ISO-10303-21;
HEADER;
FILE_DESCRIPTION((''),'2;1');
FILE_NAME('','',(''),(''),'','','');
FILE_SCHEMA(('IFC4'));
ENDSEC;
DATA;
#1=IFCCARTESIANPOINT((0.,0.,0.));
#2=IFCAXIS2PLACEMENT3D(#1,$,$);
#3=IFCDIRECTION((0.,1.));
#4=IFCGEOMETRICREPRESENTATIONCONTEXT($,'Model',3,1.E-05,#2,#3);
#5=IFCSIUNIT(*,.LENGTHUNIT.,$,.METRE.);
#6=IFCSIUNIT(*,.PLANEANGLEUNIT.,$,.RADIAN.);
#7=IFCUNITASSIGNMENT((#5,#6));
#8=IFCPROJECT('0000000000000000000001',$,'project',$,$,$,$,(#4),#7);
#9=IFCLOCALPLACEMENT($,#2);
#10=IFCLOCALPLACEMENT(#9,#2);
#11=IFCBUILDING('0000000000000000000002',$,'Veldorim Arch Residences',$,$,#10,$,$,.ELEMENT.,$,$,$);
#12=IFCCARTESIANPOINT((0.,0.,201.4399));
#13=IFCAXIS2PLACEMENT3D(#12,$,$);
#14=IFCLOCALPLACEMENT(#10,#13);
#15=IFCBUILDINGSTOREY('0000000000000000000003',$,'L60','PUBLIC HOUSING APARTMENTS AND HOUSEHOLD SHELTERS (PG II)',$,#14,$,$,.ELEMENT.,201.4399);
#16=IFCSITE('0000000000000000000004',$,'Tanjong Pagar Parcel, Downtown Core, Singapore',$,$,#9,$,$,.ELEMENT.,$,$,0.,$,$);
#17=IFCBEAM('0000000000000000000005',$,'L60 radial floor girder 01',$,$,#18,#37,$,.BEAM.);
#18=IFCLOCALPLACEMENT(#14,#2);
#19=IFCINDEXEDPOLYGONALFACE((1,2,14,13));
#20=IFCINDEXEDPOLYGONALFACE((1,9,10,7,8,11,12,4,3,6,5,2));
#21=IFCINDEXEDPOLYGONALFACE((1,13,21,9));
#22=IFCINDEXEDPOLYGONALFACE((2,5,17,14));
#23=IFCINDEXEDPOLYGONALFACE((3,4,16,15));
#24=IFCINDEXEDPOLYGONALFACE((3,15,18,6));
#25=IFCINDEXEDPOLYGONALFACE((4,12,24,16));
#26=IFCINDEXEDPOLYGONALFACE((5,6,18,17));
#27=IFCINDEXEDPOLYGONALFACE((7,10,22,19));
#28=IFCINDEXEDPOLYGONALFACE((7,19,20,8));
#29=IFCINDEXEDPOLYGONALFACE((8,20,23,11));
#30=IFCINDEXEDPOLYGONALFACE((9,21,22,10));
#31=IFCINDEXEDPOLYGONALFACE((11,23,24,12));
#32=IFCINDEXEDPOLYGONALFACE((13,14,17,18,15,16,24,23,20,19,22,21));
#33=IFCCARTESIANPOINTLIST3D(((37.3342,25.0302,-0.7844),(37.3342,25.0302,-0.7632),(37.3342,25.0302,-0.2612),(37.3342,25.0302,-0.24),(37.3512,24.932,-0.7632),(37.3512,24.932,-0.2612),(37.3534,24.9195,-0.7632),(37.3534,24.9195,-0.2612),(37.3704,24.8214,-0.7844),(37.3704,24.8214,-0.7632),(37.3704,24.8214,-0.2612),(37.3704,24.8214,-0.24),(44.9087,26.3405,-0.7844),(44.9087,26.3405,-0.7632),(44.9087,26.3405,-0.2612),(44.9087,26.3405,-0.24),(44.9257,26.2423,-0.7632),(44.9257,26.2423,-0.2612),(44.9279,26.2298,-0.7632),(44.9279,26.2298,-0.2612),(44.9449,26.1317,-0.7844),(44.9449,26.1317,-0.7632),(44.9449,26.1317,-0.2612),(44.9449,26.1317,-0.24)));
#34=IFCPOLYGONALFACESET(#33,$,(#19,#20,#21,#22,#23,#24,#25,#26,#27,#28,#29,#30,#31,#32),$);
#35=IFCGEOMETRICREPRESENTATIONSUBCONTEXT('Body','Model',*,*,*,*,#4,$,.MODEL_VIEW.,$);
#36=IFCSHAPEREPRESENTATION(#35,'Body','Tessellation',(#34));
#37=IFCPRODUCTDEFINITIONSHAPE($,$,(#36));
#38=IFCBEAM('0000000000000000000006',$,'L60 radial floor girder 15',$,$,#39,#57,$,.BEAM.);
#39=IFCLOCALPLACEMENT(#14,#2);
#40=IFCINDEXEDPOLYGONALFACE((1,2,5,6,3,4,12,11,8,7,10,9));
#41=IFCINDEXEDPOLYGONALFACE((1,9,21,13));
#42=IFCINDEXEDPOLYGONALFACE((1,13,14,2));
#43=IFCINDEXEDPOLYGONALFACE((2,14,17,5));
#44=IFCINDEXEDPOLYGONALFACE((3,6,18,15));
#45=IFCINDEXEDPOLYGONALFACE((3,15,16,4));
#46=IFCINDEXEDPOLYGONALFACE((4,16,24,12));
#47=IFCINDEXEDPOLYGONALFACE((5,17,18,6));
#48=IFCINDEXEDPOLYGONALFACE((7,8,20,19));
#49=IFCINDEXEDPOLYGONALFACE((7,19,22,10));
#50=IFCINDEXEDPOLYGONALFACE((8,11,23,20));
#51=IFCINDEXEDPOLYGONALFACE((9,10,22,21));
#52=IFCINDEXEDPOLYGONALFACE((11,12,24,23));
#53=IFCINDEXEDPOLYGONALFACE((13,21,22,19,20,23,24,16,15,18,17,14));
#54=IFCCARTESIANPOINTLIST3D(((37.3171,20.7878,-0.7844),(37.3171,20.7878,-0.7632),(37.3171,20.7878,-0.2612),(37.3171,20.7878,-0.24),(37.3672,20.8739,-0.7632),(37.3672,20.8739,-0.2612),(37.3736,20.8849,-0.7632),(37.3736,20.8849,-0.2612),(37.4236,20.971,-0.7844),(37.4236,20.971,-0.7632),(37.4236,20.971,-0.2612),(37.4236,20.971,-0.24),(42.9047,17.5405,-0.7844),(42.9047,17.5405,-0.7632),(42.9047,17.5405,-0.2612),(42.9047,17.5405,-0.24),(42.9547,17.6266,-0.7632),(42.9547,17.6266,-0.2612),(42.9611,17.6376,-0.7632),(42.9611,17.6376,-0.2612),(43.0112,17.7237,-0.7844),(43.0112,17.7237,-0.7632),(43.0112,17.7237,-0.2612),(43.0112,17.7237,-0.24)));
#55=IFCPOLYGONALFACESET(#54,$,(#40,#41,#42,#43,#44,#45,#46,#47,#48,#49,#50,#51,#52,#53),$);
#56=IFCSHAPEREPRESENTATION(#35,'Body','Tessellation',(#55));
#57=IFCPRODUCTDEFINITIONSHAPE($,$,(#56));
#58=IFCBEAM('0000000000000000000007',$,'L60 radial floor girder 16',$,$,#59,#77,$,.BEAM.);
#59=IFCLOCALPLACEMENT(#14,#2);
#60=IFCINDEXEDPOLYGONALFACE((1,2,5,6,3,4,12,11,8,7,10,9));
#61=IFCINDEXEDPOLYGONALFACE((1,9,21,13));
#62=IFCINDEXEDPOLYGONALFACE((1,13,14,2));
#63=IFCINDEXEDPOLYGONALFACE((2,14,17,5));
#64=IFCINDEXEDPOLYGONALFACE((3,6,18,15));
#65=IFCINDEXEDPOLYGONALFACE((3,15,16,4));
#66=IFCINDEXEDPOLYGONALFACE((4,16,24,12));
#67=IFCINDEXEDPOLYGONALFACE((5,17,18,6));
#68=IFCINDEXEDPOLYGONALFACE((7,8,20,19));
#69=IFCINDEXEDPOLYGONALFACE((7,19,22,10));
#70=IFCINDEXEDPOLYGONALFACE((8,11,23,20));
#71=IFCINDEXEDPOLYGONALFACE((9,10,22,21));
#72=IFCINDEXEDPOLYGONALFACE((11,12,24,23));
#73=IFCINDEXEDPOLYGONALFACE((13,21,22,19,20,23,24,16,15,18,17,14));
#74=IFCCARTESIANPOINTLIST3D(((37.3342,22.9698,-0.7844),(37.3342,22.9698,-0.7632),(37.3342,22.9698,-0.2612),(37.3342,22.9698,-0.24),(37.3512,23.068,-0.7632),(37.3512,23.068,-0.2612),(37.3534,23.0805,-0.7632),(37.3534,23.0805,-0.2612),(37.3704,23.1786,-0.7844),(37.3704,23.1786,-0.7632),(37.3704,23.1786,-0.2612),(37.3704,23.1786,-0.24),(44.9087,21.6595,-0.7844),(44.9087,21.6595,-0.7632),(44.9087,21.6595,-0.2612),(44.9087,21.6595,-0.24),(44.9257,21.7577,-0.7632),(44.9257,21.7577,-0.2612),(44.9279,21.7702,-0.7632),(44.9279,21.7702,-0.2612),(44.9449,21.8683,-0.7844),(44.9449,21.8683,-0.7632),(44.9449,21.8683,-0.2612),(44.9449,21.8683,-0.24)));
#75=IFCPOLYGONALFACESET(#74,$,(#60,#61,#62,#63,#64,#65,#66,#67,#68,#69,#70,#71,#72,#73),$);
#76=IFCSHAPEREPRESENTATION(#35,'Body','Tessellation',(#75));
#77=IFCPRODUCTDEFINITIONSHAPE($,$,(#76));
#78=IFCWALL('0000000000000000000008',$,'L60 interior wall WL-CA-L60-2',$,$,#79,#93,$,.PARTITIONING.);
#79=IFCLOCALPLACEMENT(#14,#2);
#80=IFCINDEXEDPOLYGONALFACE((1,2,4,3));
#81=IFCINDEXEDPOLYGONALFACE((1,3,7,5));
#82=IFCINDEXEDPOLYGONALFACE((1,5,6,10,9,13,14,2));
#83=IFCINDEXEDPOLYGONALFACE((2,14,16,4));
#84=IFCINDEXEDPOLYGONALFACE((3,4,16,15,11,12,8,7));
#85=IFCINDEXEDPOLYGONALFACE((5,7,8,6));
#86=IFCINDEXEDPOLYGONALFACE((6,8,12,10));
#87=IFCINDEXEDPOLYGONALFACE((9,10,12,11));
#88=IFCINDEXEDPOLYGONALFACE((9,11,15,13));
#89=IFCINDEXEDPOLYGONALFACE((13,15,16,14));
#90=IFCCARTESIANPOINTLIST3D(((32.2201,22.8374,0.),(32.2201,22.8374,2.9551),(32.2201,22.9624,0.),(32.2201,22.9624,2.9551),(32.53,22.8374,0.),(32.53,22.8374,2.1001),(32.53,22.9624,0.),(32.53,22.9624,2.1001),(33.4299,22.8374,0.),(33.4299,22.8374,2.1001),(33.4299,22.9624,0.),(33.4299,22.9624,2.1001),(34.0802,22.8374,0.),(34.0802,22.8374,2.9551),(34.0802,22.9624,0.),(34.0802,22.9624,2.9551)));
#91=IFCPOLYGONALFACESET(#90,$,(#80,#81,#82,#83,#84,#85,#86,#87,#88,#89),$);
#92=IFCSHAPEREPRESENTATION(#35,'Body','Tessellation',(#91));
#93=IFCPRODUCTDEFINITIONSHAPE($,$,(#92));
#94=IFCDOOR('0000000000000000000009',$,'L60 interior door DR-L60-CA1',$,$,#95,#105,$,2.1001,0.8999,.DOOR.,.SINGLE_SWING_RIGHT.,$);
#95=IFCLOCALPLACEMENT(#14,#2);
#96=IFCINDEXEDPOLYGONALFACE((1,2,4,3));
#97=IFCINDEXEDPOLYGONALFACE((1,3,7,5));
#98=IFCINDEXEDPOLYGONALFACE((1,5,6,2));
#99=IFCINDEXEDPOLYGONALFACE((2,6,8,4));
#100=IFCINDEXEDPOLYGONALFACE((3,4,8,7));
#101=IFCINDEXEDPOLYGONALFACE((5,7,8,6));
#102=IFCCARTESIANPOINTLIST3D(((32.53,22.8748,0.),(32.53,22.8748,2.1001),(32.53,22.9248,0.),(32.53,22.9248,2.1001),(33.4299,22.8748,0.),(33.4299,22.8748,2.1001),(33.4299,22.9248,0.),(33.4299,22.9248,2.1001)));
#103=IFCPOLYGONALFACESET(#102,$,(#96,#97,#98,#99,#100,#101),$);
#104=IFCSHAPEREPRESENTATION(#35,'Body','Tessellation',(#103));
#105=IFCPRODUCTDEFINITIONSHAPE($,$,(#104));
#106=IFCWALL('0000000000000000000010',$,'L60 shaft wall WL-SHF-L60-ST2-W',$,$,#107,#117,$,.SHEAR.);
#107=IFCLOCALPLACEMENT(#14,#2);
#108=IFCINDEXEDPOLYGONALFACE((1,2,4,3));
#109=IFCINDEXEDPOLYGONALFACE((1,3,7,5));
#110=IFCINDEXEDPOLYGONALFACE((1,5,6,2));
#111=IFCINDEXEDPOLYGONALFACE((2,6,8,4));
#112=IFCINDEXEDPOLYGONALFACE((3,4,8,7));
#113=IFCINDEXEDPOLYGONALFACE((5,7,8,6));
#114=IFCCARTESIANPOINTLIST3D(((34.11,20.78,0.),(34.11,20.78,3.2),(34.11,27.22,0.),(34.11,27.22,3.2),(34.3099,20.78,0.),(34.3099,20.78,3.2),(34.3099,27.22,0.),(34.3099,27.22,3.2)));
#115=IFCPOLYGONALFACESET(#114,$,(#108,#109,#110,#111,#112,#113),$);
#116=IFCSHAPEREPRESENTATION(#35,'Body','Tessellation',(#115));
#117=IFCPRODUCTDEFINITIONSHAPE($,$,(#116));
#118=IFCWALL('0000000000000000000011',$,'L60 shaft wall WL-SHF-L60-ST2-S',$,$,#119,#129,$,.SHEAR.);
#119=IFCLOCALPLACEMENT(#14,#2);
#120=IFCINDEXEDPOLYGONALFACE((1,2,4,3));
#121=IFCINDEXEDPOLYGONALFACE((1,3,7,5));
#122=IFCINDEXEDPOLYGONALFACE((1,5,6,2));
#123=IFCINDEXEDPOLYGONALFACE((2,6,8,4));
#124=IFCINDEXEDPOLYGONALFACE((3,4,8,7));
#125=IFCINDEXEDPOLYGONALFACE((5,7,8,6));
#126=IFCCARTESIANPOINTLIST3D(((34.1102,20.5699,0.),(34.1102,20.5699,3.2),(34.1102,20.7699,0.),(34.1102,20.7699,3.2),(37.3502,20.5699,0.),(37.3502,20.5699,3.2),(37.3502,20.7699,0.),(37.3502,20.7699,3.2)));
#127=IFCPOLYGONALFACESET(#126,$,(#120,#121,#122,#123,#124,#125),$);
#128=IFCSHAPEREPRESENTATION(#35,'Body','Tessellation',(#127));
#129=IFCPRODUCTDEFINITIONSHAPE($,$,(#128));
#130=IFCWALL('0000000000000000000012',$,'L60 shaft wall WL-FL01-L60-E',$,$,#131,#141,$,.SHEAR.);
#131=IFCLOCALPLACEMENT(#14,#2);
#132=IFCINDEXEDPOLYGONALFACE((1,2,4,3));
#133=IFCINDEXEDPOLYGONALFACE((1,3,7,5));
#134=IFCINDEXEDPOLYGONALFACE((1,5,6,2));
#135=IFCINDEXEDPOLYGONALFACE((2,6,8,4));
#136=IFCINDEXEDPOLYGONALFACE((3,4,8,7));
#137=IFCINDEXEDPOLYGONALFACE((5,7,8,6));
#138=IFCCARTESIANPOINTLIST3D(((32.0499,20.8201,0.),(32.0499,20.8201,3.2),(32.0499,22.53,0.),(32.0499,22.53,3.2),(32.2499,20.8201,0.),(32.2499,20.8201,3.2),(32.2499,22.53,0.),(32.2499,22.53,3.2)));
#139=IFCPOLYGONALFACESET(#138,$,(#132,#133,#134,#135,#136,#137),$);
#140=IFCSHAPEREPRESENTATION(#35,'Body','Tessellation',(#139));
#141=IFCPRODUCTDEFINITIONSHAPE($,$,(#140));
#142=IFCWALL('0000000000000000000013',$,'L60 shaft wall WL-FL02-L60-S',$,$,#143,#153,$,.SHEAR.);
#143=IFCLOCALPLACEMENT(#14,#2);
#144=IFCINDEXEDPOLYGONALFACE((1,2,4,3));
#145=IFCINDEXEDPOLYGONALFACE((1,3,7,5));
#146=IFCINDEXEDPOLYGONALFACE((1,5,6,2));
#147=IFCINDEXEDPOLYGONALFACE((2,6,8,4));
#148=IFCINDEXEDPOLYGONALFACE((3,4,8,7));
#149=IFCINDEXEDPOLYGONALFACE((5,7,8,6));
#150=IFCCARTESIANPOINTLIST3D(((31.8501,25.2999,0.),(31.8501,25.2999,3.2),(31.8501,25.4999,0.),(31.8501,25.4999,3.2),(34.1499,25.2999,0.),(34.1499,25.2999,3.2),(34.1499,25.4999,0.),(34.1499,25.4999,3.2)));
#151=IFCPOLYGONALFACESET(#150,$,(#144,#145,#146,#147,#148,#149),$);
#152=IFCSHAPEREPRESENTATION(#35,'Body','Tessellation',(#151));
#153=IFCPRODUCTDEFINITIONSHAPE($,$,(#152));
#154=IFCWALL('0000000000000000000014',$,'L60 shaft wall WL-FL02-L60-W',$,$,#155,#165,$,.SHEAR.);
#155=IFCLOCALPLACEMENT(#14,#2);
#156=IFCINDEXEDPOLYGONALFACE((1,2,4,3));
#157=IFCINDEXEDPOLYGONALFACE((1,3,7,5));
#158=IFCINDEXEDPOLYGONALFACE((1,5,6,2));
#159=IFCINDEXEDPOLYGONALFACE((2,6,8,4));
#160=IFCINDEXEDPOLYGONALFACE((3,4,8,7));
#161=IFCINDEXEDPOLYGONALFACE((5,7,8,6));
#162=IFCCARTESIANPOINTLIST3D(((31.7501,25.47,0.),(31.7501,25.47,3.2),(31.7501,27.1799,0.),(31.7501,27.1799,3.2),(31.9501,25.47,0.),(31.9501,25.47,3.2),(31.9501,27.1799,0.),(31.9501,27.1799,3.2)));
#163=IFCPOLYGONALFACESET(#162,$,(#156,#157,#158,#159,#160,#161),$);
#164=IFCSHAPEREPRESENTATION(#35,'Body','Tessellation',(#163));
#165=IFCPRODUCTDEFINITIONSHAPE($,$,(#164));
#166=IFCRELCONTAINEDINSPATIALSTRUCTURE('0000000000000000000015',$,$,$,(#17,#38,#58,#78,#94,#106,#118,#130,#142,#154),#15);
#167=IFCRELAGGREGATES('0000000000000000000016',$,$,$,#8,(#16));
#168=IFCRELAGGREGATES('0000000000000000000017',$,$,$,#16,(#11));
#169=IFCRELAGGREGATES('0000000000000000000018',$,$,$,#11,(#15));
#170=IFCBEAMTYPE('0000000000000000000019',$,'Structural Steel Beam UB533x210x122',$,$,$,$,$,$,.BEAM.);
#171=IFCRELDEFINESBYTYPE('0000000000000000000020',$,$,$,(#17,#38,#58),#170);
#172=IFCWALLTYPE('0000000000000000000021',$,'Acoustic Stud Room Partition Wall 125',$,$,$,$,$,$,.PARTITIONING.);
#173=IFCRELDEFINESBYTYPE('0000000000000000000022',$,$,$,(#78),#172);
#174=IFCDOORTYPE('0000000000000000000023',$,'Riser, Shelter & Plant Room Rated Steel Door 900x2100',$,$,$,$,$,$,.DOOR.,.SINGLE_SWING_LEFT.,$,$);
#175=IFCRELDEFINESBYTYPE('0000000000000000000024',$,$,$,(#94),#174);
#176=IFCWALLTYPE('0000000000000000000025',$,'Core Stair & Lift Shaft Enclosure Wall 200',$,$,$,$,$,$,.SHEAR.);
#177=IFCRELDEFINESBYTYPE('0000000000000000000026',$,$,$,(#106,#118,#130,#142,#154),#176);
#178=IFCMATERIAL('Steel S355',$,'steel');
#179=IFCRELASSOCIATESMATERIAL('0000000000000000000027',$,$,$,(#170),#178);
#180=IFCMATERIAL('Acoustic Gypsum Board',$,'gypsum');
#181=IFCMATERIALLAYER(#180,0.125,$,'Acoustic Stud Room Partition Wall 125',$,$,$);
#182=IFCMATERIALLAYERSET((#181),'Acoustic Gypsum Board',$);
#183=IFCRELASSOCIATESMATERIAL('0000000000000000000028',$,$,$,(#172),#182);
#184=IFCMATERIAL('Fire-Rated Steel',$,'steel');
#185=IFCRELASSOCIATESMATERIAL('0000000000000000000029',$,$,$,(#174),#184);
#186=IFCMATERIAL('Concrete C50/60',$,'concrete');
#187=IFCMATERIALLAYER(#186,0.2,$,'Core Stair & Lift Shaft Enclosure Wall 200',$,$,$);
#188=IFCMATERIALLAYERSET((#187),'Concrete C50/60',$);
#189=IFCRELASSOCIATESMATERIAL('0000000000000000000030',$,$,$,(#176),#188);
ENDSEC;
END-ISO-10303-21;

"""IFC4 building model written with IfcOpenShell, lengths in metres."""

from ifc_helpers import new_model, si_unit, direction, frame, frame_2d, origin, origin_2d, place, context, subcontext, project, spatial, rectangle, i_section, extrude, material, layer, layer_set, material_profile, profile_set, type_object, element, fill, save


model = new_model("IFC4")

# Units and contexts
model_context = context("Model", 3, precision=1e-05, world=origin(), true_north=direction((0.0, 1.0)))
body_context = subcontext(model_context, "Body", "Model", "MODEL_VIEW")
ifc_project = project(units=[si_unit("LENGTHUNIT", "METRE"), si_unit("PLANEANGLEUNIT", "RADIAN")], contexts=[model_context])

# Site, building, storey
site_placement = place(None, origin())
site = spatial("IfcSite", under=ifc_project, at=site_placement, Name="Tanjong Pagar Parcel, Downtown Core, Singapore", CompositionType="ELEMENT", RefElevation=0.0)
building_placement = place(site_placement, origin())
building = spatial("IfcBuilding", under=site, at=building_placement, Name="Veldorim Arch Residences", CompositionType="ELEMENT")
storey_placement = place(building_placement, frame((0.0, 0.0, 201.4399)))
storey = spatial("IfcBuildingStorey", under=building, at=storey_placement, Name="L60", Description="PUBLIC HOUSING APARTMENTS AND HOUSEHOLD SHELTERS (PG II)", CompositionType="ELEMENT", Elevation=201.4399)

# Beams
ifc_material_1 = material(Name="Steel S355", Category="steel")
ifc_material_profile = material_profile(ifc_material_1, i_section(OverallWidth=0.2119, OverallDepth=0.5444, WebThickness=0.0127, FlangeThickness=0.0212, at=origin_2d()), Name="UB533x210x122")
ifc_profile_set = profile_set([ifc_material_profile], Name="Steel S355")
beam_type = type_object("IfcBeamType", Name="Structural Steel Beam UB533x210x122", PredefinedType="BEAM", material=ifc_profile_set)
beam_1_placement = place(storey_placement, frame((37.3523, 24.9258, -0.5122), z_axis=(0.985365, 0.170458, 0.0), x_axis=(-0.170458, 0.985365, 0.0)))
element("IfcBeam", 1, at=beam_1_placement, inside=storey, type_object=beam_type, Name="L60 radial floor girder 01", PredefinedType="BEAM", context=body_context, shape_type="SweptSolid", body=[
    extrude(i_section(OverallWidth=0.2119, OverallDepth=0.5444, WebThickness=0.0127, FlangeThickness=0.0212, at=origin_2d()), origin(), (0.0, 0.0, 1.0), 7.687),
])
beam_2_placement = place(storey_placement, frame((37.3704, 20.8794, -0.5122), z_axis=(0.864596, -0.502468, 0.0), x_axis=(0.502468, 0.864596, 0.0)))
element("IfcBeam", 2, at=beam_2_placement, inside=storey, type_object=beam_type, Name="L60 radial floor girder 15", PredefinedType="BEAM", context=body_context, shape_type="SweptSolid", body=[
    extrude(i_section(OverallWidth=0.2119, OverallDepth=0.5444, WebThickness=0.0127, FlangeThickness=0.0212, at=origin_2d()), origin(), (0.0, 0.0, 1.0), 6.4626),
])
beam_3_placement = place(storey_placement, frame((37.3523, 23.0742, -0.5122), z_axis=(0.985365, -0.170458, 0.0), x_axis=(0.170458, 0.985365, 0.0)))
element("IfcBeam", 3, at=beam_3_placement, inside=storey, type_object=beam_type, Name="L60 radial floor girder 16", PredefinedType="BEAM", context=body_context, shape_type="SweptSolid", body=[
    extrude(i_section(OverallWidth=0.2119, OverallDepth=0.5444, WebThickness=0.0127, FlangeThickness=0.0212, at=origin_2d()), origin(), (0.0, 0.0, 1.0), 7.687),
])

# Wall, opening, door
ifc_material_2 = material(Name="Acoustic Gypsum Board", Category="gypsum")
ifc_layer_1 = layer(ifc_material_2, 0.125, Name="Acoustic Stud Room Partition Wall 125")
ifc_layer_set_1 = layer_set([ifc_layer_1], Name="Acoustic Gypsum Board")
wall_type_1 = type_object("IfcWallType", Name="Acoustic Stud Room Partition Wall 125", PredefinedType="PARTITIONING", material=ifc_layer_set_1)
wall_1_placement = place(storey_placement, frame((32.22, 22.8999, 0.0), z_axis=(0.0, 0.0, 1.0), x_axis=(1.0, 0.0, 0.0)))
wall_1 = element("IfcWall", 4, at=wall_1_placement, inside=storey, type_object=wall_type_1, Name="L60 interior wall WL-CA-L60-2", PredefinedType="PARTITIONING", context=body_context, shape_type="SweptSolid", body=[
    extrude(rectangle(XDim=1.8601, YDim=0.125, at=frame_2d((0.9302, 0.0))), origin(), (0.0, 0.0, 1.0), 2.9551),
])
opening_placement = place(wall_1_placement, frame((0.3101, 0.0, 0.0)))
opening = element("IfcOpeningElement", 5, at=opening_placement, cuts=wall_1, PredefinedType="OPENING", context=body_context, shape_type="SweptSolid", body=[
    extrude(rectangle(XDim=0.8999, YDim=2.1001, at=frame_2d((0.45, 1.05))), frame((0.0, 0.0725, 0.0), z_axis=(0.0, -1.0, 0.0), x_axis=(1.0, 0.0, 0.0)), (0.0, 0.0, 1.0), 0.145),
])
ifc_material_3 = material(Name="Fire-Rated Steel", Category="steel")
door_type = type_object("IfcDoorType", Name="Riser, Shelter & Plant Room Rated Steel Door 900x2100", OperationType="SINGLE_SWING_LEFT", PredefinedType="DOOR", material=ifc_material_3)
door_placement = place(opening_placement, origin())
door = element("IfcDoor", 6, at=door_placement, inside=storey, type_object=door_type, Name="L60 interior door DR-L60-CA1", OperationType="SINGLE_SWING_RIGHT", OverallHeight=2.1001, OverallWidth=0.8999, PredefinedType="DOOR", context=body_context, shape_type="SweptSolid", body=[
    extrude(rectangle(XDim=0.8999, YDim=2.1001, at=frame_2d((0.45, 1.05))), frame((0.0, 0.0249, 0.0), z_axis=(0.0, -1.0, 0.0), x_axis=(1.0, 0.0, 0.0)), (0.0, 0.0, 1.0), 0.05),
])
fill(opening, door)

# Walls
ifc_material_4 = material(Name="Concrete C50/60", Category="concrete")
ifc_layer_2 = layer(ifc_material_4, 0.2, Name="Core Stair & Lift Shaft Enclosure Wall 200")
ifc_layer_set_2 = layer_set([ifc_layer_2], Name="Concrete C50/60")
wall_type_2 = type_object("IfcWallType", Name="Core Stair & Lift Shaft Enclosure Wall 200", PredefinedType="SHEAR", material=ifc_layer_set_2)
wall_2_placement = place(storey_placement, frame((34.21, 20.78, 0.0), z_axis=(0.0, 0.0, 1.0), x_axis=(0.0, 1.0, 0.0)))
element("IfcWall", 7, at=wall_2_placement, inside=storey, type_object=wall_type_2, Name="L60 shaft wall WL-SHF-L60-ST2-W", PredefinedType="SHEAR", context=body_context, shape_type="SweptSolid", body=[
    extrude(rectangle(XDim=6.4399, YDim=0.2, at=frame_2d((3.22, 0.0))), origin(), (0.0, 0.0, 1.0), 3.2),
])
wall_3_placement = place(storey_placement, frame((34.1101, 20.6699, 0.0), z_axis=(0.0, 0.0, 1.0), x_axis=(1.0, 0.0, 0.0)))
element("IfcWall", 8, at=wall_3_placement, inside=storey, type_object=wall_type_2, Name="L60 shaft wall WL-SHF-L60-ST2-S", PredefinedType="SHEAR", context=body_context, shape_type="SweptSolid", body=[
    extrude(rectangle(XDim=3.24, YDim=0.2, at=frame_2d((1.6201, 0.0))), origin(), (0.0, 0.0, 1.0), 3.2),
])
wall_4_placement = place(storey_placement, frame((32.1499, 20.8201, 0.0), z_axis=(0.0, 0.0, 1.0), x_axis=(0.0, 1.0, 0.0)))
element("IfcWall", 9, at=wall_4_placement, inside=storey, type_object=wall_type_2, Name="L60 shaft wall WL-FL01-L60-E", PredefinedType="SHEAR", context=body_context, shape_type="SweptSolid", body=[
    extrude(rectangle(XDim=1.71, YDim=0.2, at=frame_2d((0.855, 0.0))), origin(), (0.0, 0.0, 1.0), 3.2),
])
wall_5_placement = place(storey_placement, frame((31.8501, 25.3999, 0.0), z_axis=(0.0, 0.0, 1.0), x_axis=(1.0, 0.0, 0.0)))
element("IfcWall", 10, at=wall_5_placement, inside=storey, type_object=wall_type_2, Name="L60 shaft wall WL-FL02-L60-S", PredefinedType="SHEAR", context=body_context, shape_type="SweptSolid", body=[
    extrude(rectangle(XDim=2.2998, YDim=0.2, at=frame_2d((1.1499, 0.0))), origin(), (0.0, 0.0, 1.0), 3.2),
])
wall_6_placement = place(storey_placement, frame((31.8501, 25.47, 0.0), z_axis=(0.0, 0.0, 1.0), x_axis=(0.0, 1.0, 0.0)))
element("IfcWall", 11, at=wall_6_placement, inside=storey, type_object=wall_type_2, Name="L60 shaft wall WL-FL02-L60-W", PredefinedType="SHEAR", context=body_context, shape_type="SweptSolid", body=[
    extrude(rectangle(XDim=1.71, YDim=0.2, at=frame_2d((0.855, 0.0))), origin(), (0.0, 0.0, 1.0), 3.2),
])

save(model, "model.ifc")
